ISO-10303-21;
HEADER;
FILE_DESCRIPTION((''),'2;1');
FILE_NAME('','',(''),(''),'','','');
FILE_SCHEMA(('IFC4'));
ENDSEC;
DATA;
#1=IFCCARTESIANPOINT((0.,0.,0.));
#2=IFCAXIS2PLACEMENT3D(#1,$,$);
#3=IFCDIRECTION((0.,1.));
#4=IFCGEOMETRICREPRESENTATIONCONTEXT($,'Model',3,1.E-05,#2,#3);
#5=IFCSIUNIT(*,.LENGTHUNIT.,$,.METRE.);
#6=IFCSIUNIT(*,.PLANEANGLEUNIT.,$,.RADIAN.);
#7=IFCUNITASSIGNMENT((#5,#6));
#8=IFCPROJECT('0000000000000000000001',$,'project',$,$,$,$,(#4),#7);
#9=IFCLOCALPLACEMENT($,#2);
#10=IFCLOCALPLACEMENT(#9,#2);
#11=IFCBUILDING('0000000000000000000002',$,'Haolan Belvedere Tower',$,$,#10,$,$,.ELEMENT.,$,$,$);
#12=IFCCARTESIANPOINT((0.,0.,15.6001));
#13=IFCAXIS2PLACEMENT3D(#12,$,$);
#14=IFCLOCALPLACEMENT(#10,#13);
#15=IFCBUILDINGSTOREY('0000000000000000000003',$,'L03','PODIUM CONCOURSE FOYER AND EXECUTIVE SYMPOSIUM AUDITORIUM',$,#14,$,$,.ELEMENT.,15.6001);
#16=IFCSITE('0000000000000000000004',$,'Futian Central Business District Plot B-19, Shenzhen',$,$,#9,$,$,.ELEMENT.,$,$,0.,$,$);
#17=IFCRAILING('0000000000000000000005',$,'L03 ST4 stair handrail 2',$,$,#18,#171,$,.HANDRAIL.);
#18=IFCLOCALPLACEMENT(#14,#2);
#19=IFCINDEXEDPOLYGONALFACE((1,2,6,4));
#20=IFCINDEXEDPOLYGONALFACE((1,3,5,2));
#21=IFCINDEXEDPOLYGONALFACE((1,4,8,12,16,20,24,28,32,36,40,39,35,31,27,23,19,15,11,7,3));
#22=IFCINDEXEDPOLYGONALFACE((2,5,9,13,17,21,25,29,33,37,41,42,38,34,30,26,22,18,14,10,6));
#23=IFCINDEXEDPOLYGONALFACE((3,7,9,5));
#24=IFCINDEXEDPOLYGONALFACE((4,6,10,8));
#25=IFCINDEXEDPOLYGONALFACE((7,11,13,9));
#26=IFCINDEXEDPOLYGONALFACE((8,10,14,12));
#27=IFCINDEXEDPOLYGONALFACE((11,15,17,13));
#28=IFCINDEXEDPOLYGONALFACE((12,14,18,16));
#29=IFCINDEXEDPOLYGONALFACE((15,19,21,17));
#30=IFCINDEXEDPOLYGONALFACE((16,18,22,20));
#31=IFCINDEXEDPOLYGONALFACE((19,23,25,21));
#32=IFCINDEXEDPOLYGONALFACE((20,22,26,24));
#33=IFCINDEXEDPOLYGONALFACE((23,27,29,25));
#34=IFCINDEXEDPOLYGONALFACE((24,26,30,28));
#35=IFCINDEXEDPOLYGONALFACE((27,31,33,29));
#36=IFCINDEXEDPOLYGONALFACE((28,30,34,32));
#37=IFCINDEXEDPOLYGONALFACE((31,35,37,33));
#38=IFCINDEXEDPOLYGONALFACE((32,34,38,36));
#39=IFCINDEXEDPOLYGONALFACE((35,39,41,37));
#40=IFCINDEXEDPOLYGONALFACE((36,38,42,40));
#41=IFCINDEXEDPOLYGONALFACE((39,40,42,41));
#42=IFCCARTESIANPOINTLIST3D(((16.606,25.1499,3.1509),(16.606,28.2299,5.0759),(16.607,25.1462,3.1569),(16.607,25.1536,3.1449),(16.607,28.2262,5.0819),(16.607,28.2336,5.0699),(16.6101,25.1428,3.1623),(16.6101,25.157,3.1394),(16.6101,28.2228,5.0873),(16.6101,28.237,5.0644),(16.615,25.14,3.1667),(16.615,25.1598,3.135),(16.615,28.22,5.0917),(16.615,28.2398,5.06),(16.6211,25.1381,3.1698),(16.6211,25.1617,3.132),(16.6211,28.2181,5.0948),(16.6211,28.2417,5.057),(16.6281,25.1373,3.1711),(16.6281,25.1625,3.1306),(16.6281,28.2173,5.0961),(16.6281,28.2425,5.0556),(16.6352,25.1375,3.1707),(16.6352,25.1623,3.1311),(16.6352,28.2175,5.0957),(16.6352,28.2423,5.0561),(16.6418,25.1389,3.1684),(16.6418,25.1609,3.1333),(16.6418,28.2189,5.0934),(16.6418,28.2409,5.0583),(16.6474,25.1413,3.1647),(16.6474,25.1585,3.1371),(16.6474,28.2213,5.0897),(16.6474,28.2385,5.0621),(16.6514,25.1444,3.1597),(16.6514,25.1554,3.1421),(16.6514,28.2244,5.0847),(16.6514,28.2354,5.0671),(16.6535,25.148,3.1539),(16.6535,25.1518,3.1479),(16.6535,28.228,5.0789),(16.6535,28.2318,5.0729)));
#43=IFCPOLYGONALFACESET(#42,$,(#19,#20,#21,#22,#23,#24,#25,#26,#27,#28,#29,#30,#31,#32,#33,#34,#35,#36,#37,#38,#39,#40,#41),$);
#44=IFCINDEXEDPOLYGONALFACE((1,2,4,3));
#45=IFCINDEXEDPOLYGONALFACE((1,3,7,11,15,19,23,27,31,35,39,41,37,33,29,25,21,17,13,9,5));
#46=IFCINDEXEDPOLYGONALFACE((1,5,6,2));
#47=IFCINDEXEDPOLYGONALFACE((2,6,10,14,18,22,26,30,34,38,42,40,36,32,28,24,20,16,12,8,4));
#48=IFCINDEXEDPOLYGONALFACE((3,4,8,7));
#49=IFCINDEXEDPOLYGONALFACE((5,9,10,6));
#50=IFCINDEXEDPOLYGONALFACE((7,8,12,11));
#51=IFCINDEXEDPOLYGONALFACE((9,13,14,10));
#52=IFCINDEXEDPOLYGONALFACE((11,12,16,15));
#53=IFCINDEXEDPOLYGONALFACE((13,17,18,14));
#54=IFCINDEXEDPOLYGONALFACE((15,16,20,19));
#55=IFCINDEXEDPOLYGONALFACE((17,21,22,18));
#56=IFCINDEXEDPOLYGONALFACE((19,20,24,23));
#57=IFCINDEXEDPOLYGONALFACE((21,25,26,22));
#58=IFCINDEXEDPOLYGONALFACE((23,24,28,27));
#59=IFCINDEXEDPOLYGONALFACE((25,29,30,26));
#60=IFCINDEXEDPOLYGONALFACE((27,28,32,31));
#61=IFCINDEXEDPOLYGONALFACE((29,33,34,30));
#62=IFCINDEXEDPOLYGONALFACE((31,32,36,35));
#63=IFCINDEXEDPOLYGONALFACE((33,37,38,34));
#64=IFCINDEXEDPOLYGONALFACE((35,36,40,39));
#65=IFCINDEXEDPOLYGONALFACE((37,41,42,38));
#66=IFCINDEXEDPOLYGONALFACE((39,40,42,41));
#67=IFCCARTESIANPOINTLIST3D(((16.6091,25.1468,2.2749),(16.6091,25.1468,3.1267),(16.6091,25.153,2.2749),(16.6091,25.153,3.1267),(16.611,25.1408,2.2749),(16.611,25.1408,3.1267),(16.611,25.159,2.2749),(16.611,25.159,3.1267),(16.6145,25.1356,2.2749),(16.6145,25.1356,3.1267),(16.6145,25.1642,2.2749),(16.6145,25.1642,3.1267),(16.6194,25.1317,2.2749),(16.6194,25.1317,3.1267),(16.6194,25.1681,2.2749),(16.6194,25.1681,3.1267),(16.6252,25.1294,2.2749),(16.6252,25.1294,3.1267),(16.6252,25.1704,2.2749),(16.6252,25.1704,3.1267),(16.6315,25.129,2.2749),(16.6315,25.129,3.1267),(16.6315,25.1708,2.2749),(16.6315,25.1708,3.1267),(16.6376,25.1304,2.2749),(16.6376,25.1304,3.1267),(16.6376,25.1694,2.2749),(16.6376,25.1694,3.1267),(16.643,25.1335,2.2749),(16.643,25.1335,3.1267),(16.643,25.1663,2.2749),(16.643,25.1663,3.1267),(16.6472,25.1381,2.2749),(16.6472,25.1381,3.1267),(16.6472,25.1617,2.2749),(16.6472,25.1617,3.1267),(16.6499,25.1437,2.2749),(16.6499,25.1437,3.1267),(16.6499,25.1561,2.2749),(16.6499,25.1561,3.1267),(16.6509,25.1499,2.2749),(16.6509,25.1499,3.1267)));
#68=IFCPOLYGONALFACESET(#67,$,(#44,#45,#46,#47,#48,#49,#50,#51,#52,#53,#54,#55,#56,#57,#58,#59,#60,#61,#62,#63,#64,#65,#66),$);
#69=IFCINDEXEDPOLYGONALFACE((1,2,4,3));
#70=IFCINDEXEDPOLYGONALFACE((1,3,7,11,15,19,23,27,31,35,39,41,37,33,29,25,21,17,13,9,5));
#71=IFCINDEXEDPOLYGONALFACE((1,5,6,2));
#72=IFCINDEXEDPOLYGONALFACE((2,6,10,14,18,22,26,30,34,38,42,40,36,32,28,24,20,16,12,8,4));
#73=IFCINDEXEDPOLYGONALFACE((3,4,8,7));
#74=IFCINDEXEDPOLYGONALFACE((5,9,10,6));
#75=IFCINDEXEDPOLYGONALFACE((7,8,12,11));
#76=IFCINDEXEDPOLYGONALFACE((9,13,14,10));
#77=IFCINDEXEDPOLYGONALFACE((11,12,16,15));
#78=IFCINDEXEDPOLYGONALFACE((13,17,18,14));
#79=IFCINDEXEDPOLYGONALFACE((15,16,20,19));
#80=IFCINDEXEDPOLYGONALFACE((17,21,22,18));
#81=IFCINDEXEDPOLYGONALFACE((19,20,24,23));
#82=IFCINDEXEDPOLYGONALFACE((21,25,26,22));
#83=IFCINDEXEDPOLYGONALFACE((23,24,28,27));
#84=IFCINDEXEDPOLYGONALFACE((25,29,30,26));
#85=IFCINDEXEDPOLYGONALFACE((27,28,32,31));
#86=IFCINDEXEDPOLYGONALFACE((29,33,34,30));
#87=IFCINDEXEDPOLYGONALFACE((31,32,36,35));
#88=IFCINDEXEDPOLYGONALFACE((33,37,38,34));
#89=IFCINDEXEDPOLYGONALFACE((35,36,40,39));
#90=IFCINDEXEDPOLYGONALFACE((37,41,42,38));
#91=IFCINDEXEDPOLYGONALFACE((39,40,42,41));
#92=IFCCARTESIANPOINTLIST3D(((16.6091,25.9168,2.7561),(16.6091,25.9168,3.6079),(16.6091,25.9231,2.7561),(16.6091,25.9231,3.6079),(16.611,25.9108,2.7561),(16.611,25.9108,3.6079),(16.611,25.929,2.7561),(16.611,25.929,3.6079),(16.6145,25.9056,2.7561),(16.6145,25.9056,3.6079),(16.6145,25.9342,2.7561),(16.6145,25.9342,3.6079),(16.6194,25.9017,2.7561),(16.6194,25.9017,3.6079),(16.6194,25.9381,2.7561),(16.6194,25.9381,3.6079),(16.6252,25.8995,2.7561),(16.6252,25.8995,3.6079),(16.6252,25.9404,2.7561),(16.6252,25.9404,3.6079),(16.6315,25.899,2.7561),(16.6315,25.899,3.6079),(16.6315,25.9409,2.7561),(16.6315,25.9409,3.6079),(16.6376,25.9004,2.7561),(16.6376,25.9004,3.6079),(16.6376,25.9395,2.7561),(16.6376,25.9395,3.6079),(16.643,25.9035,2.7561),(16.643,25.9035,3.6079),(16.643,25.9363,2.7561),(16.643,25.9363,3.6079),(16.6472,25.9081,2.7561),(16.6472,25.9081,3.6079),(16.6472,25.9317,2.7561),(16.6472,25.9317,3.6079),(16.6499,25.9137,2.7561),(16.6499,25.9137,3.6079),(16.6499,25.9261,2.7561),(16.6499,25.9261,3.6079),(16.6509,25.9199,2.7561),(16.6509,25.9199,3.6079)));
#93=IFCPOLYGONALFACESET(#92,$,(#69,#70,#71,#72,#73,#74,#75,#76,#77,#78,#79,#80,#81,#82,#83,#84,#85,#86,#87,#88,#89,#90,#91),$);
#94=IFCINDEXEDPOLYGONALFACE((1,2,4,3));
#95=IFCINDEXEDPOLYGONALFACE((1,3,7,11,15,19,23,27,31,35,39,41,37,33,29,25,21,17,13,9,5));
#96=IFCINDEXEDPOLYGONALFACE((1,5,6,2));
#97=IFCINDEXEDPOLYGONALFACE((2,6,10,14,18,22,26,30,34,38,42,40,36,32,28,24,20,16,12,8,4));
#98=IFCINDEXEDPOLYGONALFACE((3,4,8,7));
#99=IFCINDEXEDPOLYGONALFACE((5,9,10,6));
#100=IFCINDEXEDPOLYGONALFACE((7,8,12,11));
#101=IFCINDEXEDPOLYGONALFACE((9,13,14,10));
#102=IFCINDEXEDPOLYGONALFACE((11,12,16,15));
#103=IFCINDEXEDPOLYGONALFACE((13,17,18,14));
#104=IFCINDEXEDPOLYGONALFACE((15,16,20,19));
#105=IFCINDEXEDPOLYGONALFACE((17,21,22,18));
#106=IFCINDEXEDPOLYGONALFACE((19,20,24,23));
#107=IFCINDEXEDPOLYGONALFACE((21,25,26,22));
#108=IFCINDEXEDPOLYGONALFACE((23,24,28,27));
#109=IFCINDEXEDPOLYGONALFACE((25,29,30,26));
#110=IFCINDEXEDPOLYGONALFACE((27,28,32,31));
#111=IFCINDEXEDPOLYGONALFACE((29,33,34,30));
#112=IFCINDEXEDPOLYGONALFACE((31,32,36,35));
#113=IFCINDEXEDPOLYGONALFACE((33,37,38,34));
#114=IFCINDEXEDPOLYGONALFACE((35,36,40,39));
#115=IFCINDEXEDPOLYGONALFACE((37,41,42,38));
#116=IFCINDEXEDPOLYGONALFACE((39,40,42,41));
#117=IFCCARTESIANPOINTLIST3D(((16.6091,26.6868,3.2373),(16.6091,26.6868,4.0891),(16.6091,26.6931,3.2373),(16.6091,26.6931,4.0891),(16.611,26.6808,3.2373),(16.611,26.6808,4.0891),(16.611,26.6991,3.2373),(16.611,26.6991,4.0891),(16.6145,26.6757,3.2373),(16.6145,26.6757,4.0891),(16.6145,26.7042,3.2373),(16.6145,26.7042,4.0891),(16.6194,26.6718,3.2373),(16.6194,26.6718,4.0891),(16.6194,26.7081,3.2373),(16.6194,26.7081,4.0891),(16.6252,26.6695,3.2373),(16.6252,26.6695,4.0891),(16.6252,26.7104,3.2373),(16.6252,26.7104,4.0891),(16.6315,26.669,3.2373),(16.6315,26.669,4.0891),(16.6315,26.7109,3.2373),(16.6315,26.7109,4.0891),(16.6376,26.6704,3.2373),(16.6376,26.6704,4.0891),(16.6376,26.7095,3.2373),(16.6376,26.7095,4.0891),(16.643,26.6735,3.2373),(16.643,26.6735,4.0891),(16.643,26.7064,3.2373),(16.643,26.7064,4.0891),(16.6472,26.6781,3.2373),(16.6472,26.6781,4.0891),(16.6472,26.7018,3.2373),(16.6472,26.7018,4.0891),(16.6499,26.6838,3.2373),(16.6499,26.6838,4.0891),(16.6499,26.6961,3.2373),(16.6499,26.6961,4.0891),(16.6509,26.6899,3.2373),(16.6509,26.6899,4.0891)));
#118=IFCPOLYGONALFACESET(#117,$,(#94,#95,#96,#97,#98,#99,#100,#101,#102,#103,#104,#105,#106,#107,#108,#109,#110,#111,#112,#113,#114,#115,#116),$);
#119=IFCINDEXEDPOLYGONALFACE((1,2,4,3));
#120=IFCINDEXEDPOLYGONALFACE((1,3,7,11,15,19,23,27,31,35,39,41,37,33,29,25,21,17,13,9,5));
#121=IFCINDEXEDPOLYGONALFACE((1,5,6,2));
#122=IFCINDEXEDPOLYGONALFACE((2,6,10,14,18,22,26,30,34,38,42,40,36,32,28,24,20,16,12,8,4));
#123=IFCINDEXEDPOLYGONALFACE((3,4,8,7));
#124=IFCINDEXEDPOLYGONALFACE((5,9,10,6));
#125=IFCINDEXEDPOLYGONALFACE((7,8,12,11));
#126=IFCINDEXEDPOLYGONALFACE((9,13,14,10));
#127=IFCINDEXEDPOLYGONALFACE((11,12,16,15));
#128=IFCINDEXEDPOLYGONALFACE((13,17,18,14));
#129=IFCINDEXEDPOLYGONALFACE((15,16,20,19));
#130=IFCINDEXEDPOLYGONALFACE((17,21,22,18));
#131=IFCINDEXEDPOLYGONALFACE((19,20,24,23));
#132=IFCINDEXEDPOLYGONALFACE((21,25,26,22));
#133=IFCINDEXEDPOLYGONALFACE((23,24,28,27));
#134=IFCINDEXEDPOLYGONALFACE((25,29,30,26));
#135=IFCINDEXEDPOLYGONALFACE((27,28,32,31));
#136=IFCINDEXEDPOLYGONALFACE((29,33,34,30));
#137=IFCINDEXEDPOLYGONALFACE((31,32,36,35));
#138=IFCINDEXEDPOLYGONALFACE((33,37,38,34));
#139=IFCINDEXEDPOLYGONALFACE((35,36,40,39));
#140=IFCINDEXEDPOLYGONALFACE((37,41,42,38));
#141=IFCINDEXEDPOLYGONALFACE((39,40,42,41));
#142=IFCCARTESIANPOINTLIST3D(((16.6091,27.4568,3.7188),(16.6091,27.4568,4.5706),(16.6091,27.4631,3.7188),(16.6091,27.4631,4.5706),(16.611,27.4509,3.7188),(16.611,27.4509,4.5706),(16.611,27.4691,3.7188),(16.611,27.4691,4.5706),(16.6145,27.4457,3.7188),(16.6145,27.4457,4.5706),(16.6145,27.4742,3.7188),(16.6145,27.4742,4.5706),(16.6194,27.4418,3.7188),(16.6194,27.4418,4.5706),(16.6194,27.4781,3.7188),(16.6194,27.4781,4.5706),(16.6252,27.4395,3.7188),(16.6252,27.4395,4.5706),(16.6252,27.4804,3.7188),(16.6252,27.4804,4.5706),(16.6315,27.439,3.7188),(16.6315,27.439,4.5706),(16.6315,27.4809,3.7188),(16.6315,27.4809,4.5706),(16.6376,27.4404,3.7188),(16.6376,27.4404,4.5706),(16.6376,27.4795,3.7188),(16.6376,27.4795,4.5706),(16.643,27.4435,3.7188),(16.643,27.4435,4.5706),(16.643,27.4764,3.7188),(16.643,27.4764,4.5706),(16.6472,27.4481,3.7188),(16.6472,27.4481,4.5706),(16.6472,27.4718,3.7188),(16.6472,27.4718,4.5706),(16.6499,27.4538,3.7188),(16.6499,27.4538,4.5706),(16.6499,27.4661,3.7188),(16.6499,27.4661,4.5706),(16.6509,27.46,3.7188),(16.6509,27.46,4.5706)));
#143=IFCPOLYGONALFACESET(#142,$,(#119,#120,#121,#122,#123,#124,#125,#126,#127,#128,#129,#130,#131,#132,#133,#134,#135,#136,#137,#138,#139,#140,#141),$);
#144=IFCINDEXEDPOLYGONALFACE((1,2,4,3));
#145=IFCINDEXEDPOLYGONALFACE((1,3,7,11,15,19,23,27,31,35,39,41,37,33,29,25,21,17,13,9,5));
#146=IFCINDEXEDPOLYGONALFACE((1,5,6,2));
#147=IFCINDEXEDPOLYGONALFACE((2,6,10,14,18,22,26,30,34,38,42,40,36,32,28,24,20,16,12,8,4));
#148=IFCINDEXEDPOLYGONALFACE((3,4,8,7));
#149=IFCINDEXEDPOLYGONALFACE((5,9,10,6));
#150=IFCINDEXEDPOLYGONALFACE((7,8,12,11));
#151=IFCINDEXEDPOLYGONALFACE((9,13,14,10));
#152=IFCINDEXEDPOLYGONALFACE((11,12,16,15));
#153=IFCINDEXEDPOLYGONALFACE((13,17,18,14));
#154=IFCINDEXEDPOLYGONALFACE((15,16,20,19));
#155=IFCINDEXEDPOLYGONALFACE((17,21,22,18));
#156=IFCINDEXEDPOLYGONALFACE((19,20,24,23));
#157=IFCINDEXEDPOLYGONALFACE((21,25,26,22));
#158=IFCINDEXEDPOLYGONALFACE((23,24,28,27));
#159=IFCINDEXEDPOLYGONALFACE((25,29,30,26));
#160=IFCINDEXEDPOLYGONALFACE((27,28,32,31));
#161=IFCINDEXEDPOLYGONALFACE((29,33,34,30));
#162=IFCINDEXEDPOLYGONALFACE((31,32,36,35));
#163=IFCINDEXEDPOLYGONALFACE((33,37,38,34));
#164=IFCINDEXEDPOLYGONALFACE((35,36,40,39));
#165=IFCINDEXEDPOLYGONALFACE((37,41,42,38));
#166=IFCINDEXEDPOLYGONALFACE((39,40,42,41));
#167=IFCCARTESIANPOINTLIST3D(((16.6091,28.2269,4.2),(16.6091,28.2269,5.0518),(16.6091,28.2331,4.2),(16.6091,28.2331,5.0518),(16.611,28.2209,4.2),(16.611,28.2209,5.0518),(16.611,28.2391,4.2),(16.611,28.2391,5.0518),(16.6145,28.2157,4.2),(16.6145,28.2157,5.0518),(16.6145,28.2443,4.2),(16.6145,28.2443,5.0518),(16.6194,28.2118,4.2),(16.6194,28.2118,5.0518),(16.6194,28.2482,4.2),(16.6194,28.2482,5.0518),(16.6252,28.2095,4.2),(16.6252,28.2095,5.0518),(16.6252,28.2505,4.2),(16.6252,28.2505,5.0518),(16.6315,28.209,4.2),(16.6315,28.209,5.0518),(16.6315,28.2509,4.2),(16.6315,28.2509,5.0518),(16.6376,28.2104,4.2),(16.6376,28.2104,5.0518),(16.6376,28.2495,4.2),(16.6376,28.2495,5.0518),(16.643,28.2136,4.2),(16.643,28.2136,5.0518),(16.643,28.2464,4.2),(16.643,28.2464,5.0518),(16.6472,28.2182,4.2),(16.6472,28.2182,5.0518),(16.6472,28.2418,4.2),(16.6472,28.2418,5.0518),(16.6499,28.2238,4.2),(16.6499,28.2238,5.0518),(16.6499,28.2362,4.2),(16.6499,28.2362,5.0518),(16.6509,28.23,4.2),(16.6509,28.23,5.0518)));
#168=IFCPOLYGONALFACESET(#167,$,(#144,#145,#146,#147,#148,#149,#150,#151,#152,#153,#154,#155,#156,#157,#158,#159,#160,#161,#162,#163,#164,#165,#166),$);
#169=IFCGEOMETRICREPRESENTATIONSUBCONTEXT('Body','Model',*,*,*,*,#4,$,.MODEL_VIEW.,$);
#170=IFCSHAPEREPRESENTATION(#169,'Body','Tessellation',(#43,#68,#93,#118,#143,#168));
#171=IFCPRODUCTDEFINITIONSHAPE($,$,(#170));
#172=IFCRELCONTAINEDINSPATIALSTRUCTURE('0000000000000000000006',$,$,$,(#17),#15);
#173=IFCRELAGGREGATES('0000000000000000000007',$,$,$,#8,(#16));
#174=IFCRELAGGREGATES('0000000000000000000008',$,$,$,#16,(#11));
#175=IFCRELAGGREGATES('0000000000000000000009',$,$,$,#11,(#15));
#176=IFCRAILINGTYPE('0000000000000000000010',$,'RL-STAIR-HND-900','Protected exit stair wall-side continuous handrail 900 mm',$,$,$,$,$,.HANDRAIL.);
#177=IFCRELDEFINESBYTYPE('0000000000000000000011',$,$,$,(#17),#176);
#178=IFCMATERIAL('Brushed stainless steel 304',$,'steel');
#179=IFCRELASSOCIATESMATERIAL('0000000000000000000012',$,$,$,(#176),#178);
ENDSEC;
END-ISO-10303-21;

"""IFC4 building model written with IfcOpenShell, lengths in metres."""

from ifc_helpers import new_model, si_unit, direction, frame, origin, origin_2d, place, context, subcontext, project, spatial, circle, extrude, material, type_object, element, save


model = new_model("IFC4")

# Units and contexts
model_context = context("Model", 3, precision=1e-05, world=origin(), true_north=direction((0.0, 1.0)))
body_context = subcontext(model_context, "Body", "Model", "MODEL_VIEW")
ifc_project = project(units=[si_unit("LENGTHUNIT", "METRE"), si_unit("PLANEANGLEUNIT", "RADIAN")], contexts=[model_context])

# Site, building, storey
site_placement = place(None, origin())
site = spatial("IfcSite", under=ifc_project, at=site_placement, Name="Futian Central Business District Plot B-19, Shenzhen", CompositionType="ELEMENT", RefElevation=0.0)
building_placement = place(site_placement, origin())
building = spatial("IfcBuilding", under=site, at=building_placement, Name="Haolan Belvedere Tower", CompositionType="ELEMENT")
storey_placement = place(building_placement, frame((0.0, 0.0, 15.6001)))
storey = spatial("IfcBuildingStorey", under=building, at=storey_placement, Name="L03", Description="PODIUM CONCOURSE FOYER AND EXECUTIVE SYMPOSIUM AUDITORIUM", CompositionType="ELEMENT", Elevation=15.6001)

# Railing
ifc_material_1 = material(Name="Brushed stainless steel 304", Category="steel")
railing_type_1 = type_object("IfcRailingType", Name="RL-STAIR-HND-900", Description="Protected exit stair wall-side continuous handrail 900 mm", PredefinedType="HANDRAIL", material=ifc_material_1)
railing_1_placement = place(storey_placement, frame((16.6299, 25.1499, 2.2749)))
element("IfcRailing", 1, at=railing_1_placement, inside=storey, type_object=railing_type_1, Name="L03 ST4 stair handrail 2", PredefinedType="HANDRAIL", context=body_context, shape_type="SweptSolid", body=[
    extrude(circle(Radius=0.0239, at=origin_2d()), frame((0.0, 0.0, 0.876), z_axis=(0.0, 0.847998, 0.529999), x_axis=(-1.0, 0.0, 0.0)), (0.0, 0.0, 1.0), 3.6321),
    extrude(circle(Radius=0.021, at=origin_2d()), origin(), (0.0, 0.0, 1.0), 0.8518),
    extrude(circle(Radius=0.021, at=origin_2d()), frame((0.0, 0.77, 0.4812)), (0.0, 0.0, 1.0), 0.8518),
    extrude(circle(Radius=0.021, at=origin_2d()), frame((0.0, 1.54, 0.9624)), (0.0, 0.0, 1.0), 0.8518),
    extrude(circle(Radius=0.021, at=origin_2d()), frame((0.0, 2.3101, 1.4438)), (0.0, 0.0, 1.0), 0.8518),
    extrude(circle(Radius=0.021, at=origin_2d()), frame((0.0, 3.0801, 1.925)), (0.0, 0.0, 1.0), 0.8518),
])

save(model, "model.ifc")
